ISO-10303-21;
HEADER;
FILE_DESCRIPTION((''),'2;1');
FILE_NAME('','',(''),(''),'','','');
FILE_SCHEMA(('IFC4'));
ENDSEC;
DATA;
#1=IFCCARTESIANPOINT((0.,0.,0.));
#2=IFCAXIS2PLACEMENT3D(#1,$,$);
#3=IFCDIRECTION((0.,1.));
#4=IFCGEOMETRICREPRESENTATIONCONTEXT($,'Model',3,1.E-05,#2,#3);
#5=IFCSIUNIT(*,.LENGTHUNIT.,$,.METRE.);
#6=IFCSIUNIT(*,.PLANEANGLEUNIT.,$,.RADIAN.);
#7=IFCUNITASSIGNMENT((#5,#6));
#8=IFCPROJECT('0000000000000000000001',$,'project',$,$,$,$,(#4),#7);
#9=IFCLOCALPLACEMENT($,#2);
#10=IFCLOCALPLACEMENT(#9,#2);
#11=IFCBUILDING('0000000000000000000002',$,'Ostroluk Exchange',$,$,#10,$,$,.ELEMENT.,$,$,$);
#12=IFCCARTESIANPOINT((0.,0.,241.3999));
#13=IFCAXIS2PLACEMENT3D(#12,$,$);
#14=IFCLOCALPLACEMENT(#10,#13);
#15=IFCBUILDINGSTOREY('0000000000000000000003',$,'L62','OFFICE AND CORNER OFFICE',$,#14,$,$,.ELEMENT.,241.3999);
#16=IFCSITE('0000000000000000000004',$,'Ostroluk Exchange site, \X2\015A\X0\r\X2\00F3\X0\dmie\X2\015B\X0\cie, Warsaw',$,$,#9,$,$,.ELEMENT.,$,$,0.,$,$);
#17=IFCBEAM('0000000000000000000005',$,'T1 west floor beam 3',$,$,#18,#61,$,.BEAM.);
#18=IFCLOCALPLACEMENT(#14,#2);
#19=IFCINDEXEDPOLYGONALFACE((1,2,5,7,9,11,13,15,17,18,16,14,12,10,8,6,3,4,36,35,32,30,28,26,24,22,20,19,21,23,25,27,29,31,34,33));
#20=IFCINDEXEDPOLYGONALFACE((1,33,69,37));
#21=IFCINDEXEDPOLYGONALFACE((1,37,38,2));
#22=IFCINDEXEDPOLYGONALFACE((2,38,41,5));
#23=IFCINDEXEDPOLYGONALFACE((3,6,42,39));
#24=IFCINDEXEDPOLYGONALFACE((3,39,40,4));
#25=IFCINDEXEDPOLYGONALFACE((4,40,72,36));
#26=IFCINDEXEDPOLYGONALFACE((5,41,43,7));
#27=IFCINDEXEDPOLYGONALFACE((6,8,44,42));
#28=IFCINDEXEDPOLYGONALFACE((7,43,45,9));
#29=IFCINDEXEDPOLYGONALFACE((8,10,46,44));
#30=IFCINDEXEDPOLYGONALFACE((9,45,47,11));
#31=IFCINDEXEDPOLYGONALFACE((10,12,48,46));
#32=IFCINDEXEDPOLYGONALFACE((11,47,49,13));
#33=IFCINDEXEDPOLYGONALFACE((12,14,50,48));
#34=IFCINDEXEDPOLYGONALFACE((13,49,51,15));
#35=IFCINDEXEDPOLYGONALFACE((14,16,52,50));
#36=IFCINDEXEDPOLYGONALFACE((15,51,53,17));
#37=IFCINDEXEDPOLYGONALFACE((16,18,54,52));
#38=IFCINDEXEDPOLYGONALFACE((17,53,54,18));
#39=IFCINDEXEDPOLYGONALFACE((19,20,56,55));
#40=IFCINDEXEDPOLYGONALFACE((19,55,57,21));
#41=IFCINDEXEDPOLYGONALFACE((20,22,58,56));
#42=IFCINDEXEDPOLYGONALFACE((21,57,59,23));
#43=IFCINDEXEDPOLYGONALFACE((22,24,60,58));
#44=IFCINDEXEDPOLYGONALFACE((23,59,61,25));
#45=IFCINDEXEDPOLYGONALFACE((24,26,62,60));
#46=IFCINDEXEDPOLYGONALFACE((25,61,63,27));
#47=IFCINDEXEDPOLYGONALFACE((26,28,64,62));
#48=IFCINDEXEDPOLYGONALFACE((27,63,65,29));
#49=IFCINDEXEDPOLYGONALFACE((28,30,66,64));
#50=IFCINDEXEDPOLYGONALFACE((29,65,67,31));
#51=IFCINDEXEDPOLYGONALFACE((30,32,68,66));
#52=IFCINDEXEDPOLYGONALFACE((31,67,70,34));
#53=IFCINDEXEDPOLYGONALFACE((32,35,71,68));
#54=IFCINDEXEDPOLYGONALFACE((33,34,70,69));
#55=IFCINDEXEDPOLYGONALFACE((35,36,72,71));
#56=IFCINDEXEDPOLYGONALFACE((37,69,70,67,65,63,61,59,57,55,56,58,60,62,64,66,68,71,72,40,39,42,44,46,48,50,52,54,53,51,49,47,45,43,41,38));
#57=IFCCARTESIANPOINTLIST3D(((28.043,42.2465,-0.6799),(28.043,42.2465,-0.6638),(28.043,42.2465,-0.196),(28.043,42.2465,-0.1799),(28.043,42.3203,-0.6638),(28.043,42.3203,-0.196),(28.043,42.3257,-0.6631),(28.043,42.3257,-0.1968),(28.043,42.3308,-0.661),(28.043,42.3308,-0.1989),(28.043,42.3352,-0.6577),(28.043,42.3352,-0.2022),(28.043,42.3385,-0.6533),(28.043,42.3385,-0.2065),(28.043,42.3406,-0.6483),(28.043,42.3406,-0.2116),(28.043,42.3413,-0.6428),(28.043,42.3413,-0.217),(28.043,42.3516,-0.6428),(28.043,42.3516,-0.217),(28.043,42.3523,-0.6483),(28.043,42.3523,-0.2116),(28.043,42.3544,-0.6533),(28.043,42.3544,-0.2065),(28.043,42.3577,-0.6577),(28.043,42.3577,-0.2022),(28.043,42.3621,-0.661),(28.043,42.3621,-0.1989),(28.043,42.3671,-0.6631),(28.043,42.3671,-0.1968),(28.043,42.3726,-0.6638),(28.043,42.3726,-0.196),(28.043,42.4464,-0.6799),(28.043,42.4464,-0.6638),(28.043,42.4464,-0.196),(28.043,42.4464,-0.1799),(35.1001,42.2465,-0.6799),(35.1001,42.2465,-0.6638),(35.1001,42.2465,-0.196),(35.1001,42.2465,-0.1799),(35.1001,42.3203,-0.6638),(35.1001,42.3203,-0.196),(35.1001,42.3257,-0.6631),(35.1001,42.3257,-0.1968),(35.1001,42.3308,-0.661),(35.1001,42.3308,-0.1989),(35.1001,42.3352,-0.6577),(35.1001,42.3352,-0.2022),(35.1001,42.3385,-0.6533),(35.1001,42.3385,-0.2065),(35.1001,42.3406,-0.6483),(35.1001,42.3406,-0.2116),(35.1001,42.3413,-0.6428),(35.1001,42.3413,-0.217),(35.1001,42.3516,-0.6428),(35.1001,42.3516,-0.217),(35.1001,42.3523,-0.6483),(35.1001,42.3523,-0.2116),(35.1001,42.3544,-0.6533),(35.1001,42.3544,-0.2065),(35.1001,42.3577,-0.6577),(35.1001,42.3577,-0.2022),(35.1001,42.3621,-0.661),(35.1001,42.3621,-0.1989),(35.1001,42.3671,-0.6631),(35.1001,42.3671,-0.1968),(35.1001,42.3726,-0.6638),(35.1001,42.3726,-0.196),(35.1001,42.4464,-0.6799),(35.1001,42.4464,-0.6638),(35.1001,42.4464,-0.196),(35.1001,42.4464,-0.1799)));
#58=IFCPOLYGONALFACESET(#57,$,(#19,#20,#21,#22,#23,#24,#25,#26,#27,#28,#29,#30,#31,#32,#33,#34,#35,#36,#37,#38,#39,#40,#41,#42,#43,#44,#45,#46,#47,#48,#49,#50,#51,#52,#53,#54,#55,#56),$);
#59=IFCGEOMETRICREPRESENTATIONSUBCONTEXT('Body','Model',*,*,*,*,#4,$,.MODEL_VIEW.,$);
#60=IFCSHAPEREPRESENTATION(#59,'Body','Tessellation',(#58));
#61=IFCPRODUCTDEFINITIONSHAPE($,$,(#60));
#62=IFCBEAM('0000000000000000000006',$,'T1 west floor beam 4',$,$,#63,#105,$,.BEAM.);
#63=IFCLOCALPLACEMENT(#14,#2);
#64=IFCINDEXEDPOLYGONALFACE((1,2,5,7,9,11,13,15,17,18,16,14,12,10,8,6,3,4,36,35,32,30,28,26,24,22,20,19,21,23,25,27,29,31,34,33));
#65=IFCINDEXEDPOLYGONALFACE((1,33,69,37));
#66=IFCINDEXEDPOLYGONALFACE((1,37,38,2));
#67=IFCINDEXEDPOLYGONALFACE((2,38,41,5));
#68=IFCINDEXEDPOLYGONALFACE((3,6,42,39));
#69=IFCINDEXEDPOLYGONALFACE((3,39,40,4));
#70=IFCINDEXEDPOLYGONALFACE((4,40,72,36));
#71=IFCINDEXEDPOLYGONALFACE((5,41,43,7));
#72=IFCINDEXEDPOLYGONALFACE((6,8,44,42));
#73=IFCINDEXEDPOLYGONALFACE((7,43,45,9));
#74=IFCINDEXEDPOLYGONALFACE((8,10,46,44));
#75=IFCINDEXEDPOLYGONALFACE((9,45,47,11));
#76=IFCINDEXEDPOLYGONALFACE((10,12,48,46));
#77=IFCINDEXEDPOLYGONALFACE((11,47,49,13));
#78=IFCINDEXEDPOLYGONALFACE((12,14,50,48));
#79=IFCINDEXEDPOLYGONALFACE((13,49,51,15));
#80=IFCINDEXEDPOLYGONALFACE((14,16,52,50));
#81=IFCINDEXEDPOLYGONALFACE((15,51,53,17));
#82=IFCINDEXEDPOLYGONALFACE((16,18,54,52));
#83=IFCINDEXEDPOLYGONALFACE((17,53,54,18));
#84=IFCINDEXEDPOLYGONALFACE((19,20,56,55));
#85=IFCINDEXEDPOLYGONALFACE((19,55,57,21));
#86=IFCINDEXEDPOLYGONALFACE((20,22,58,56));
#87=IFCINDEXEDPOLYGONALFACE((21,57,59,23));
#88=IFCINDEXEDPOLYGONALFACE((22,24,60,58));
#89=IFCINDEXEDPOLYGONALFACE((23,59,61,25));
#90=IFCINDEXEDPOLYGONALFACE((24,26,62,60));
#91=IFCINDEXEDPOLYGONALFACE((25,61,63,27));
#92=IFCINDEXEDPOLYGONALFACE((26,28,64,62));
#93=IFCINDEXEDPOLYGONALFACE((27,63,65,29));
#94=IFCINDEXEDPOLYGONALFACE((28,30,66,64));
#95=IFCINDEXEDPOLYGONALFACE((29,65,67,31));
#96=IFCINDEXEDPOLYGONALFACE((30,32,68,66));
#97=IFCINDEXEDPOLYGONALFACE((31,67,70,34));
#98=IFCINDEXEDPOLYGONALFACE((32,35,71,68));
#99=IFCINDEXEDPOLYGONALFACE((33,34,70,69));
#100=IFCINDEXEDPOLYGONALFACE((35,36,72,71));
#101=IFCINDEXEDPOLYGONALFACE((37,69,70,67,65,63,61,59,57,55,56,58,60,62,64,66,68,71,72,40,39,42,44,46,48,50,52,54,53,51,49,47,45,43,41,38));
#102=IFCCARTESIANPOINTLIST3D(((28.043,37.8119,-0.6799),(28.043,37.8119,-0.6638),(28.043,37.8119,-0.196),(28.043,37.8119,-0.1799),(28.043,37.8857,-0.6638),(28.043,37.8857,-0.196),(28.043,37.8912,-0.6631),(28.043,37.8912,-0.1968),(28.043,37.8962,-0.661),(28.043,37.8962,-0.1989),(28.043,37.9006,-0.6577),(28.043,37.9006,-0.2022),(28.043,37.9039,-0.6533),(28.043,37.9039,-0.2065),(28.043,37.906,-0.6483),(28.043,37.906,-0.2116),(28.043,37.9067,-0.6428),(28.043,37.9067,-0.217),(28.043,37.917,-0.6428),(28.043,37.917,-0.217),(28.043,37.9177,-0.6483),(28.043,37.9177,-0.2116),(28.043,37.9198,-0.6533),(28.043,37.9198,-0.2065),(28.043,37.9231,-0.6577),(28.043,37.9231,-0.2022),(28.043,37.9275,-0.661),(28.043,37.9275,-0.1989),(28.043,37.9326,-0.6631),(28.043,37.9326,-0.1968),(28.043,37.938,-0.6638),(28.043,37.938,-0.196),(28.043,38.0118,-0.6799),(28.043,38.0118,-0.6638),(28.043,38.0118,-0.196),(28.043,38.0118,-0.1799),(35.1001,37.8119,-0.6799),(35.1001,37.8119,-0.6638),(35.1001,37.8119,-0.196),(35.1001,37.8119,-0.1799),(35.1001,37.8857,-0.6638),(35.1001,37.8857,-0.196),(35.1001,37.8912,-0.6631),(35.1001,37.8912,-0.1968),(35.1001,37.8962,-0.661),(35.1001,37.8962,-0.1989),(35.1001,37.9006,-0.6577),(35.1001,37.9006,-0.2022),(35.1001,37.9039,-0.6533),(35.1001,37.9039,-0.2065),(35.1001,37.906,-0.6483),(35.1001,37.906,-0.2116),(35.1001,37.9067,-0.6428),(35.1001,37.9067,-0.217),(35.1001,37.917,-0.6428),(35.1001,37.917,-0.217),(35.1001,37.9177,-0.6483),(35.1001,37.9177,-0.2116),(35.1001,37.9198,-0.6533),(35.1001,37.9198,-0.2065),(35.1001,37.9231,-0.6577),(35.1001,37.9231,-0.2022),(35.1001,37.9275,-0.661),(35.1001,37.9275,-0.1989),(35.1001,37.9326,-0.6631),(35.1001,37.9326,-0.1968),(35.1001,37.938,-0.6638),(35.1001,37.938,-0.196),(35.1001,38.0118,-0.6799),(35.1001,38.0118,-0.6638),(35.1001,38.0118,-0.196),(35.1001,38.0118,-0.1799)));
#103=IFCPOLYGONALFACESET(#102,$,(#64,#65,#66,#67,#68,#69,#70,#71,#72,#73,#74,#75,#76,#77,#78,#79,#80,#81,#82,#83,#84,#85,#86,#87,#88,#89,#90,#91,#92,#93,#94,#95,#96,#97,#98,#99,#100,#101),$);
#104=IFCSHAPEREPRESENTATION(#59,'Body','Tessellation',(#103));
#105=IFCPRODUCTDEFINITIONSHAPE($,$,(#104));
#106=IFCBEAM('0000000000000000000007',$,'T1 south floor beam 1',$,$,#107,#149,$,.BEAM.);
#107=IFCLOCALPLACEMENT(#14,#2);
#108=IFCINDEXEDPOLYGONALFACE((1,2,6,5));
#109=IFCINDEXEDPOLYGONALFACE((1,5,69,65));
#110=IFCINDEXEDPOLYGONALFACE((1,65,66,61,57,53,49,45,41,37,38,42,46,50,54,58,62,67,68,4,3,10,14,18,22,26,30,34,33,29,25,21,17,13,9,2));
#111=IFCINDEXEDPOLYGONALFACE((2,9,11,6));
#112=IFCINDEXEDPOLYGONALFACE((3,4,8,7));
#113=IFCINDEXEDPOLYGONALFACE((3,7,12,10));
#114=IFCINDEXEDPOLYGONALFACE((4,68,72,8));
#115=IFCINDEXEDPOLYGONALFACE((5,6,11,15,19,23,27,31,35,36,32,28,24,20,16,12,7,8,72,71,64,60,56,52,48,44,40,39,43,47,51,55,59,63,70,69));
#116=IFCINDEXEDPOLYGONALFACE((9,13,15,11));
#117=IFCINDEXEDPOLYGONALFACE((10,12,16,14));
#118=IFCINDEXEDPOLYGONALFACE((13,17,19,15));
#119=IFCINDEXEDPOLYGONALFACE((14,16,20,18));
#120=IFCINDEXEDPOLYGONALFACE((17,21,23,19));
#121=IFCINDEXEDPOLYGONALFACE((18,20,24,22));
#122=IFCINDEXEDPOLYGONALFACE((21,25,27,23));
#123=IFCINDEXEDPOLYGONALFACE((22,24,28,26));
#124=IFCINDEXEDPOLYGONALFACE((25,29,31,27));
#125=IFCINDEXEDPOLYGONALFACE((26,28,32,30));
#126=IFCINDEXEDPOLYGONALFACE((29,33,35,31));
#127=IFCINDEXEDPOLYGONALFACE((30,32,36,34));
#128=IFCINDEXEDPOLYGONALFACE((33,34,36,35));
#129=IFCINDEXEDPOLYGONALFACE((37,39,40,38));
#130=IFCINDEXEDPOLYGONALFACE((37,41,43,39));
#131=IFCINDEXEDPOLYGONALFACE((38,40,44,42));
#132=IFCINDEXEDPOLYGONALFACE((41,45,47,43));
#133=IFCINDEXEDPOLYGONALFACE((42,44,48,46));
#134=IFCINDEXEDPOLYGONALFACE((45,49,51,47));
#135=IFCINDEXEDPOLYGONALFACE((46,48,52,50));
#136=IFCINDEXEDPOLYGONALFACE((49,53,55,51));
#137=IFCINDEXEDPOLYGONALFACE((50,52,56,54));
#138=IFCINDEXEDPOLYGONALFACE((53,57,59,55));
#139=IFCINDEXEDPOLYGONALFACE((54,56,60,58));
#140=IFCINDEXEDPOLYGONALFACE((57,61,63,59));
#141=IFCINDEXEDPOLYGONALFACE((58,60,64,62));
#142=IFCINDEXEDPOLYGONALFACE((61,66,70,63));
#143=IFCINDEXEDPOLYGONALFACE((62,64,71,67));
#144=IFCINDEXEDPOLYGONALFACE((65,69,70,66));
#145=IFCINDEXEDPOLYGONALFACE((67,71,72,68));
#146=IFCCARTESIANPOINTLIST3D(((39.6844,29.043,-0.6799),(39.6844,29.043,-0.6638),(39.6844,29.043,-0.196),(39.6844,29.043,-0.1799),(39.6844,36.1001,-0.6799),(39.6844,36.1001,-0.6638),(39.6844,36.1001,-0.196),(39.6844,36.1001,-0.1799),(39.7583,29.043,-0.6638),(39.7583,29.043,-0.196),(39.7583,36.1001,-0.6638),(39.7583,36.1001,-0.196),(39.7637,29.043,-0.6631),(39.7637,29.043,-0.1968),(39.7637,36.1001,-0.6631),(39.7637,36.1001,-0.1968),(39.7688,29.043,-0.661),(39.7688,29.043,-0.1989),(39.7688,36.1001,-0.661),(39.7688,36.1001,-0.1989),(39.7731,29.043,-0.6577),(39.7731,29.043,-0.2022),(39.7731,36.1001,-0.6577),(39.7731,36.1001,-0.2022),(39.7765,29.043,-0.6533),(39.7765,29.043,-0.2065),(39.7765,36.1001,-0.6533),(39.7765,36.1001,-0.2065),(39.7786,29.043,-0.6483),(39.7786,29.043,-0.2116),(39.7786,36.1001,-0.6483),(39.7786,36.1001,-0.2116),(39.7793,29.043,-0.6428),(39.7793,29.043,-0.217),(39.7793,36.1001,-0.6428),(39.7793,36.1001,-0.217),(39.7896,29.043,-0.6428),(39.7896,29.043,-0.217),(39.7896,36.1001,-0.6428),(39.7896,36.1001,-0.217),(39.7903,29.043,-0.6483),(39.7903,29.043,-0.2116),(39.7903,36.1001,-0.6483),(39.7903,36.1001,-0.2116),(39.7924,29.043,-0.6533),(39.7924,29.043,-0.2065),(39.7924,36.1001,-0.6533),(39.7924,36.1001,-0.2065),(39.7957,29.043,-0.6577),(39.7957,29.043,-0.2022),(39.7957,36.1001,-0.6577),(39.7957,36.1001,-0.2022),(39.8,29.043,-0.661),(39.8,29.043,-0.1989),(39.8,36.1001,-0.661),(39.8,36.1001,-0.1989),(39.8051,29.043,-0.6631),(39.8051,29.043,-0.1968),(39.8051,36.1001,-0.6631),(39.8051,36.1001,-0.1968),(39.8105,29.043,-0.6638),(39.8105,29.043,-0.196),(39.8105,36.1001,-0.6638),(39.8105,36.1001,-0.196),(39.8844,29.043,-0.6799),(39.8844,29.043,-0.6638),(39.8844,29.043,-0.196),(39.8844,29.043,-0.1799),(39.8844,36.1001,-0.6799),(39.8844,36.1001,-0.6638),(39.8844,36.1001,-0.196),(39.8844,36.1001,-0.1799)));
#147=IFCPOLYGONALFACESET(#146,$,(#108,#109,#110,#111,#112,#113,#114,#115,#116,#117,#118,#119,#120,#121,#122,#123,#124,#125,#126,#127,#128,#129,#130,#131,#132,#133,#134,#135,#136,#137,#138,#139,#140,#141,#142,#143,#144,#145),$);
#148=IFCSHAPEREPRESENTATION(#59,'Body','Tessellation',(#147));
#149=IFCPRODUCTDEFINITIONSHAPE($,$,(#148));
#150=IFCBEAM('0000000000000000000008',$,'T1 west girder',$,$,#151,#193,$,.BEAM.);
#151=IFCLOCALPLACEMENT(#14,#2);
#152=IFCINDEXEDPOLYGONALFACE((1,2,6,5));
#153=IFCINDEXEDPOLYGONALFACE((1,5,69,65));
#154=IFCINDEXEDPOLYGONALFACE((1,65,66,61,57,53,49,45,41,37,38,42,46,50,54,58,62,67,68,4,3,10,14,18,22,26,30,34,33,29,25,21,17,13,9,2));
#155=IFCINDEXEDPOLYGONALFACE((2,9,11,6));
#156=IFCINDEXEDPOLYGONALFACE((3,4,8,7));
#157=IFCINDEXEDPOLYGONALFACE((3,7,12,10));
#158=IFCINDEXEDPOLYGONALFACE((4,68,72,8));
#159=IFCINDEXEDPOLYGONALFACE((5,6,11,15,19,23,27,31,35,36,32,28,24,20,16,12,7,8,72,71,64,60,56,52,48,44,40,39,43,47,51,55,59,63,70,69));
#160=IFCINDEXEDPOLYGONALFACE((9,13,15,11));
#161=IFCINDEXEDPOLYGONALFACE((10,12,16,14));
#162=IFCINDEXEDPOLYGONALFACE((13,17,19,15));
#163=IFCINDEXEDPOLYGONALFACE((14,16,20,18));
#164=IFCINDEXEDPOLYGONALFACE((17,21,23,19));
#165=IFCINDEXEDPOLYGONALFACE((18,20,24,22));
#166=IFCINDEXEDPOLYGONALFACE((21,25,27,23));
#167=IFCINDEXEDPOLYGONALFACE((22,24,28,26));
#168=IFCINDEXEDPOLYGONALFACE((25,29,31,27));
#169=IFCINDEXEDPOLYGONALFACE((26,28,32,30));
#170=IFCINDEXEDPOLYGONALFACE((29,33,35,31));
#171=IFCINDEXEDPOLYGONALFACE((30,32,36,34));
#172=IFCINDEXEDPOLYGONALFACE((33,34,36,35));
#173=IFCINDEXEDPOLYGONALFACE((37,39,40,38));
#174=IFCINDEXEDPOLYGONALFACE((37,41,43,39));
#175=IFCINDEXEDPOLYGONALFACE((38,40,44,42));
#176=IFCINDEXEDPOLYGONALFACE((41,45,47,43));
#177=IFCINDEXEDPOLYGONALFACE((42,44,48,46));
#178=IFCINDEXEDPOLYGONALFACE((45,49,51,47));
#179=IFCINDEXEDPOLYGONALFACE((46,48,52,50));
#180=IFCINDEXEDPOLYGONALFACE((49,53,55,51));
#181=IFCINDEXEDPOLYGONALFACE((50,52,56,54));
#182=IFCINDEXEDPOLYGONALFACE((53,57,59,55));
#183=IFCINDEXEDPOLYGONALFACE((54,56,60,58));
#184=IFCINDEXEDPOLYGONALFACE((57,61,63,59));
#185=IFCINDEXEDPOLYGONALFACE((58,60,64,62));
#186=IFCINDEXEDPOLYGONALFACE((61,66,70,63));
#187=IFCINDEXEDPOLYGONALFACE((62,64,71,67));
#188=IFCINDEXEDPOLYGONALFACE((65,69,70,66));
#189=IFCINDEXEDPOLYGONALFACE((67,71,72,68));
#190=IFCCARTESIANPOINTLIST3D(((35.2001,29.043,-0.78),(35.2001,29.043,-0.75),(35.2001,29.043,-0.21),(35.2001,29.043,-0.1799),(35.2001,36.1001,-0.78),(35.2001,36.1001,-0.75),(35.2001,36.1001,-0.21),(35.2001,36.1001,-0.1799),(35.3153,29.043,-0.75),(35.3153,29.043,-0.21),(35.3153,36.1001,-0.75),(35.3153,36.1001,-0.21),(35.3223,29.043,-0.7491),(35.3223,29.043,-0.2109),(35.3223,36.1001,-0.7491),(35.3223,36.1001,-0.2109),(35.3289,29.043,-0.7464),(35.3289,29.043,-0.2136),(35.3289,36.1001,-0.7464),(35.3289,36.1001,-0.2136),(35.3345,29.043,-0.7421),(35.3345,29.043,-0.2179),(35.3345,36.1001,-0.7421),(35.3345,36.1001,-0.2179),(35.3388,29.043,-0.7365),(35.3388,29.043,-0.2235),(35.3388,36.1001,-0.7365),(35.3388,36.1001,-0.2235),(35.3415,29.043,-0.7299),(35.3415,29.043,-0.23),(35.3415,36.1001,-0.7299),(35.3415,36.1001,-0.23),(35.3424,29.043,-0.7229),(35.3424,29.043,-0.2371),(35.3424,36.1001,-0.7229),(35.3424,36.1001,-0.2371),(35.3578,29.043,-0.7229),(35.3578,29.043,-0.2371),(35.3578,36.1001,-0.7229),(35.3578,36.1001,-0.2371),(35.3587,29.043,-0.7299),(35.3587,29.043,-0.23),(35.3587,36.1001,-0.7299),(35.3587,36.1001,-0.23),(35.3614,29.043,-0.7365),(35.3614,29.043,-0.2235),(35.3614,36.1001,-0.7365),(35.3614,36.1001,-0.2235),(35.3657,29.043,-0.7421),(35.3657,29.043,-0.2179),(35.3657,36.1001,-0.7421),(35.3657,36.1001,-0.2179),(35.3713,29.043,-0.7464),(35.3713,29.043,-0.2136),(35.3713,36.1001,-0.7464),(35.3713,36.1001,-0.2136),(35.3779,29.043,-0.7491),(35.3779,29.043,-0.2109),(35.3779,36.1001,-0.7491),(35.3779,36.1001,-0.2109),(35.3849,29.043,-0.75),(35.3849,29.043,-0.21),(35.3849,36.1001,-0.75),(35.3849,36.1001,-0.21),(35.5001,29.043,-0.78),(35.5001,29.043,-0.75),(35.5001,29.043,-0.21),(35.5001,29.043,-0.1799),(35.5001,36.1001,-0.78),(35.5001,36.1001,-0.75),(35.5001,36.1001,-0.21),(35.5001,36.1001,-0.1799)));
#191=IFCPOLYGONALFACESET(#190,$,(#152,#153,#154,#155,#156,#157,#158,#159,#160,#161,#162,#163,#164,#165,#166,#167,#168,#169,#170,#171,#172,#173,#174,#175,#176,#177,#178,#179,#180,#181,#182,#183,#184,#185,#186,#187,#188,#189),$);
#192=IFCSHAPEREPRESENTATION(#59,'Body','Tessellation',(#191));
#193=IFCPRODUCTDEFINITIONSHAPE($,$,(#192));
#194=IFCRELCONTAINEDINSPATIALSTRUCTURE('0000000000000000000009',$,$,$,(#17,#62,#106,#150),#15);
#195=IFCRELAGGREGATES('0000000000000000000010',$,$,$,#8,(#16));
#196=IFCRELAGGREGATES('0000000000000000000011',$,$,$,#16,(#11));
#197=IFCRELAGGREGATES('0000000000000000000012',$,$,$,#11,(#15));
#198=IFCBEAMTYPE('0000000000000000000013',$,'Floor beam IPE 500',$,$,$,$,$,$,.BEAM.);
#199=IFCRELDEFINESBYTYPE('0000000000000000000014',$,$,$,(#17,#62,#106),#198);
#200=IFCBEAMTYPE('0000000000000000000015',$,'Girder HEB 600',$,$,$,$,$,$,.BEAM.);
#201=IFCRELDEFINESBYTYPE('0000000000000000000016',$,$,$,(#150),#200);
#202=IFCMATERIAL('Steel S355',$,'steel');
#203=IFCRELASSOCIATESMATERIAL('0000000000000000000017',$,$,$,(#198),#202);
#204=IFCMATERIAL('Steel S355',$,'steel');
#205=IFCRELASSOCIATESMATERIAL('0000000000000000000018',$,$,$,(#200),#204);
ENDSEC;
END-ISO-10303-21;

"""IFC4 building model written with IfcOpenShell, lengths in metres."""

from ifc_helpers import new_model, si_unit, direction, frame, origin, origin_2d, place, context, subcontext, project, spatial, i_section, extrude, material, material_profile, profile_set, type_object, element, save


model = new_model("IFC4")

# Units and contexts
model_context = context("Model", 3, precision=1e-05, world=origin(), true_north=direction((0.0, 1.0)))
body_context = subcontext(model_context, "Body", "Model", "MODEL_VIEW")
ifc_project = project(units=[si_unit("LENGTHUNIT", "METRE"), si_unit("PLANEANGLEUNIT", "RADIAN")], contexts=[model_context])

# Site, building, storey
site_placement = place(None, origin())
site = spatial("IfcSite", under=ifc_project, at=site_placement, Name="Ostroluk Exchange site, Śródmieście, Warsaw", CompositionType="ELEMENT", RefElevation=0.0)
building_placement = place(site_placement, origin())
building = spatial("IfcBuilding", under=site, at=building_placement, Name="Ostroluk Exchange", CompositionType="ELEMENT")
storey_placement = place(building_placement, frame((0.0, 0.0, 241.3999)))
storey = spatial("IfcBuildingStorey", under=building, at=storey_placement, Name="L62", Description="OFFICE AND CORNER OFFICE", CompositionType="ELEMENT", Elevation=241.3999)

# Beams
ifc_material_1 = material(Name="Steel S355", Category="steel")
ifc_material_profile_1 = material_profile(ifc_material_1, i_section(OverallWidth=0.2, OverallDepth=0.5, WebThickness=0.0103, FlangeThickness=0.0161, FilletRadius=0.021, at=origin_2d()), Name="IPE 500")
ifc_profile_set_1 = profile_set([ifc_material_profile_1], Name="Steel S355")
beam_type_1 = type_object("IfcBeamType", Name="Floor beam IPE 500", PredefinedType="BEAM", material=ifc_profile_set_1)
for number, where, z_axis, x_axis, name in (
    (1, (35.1001, 42.3464, -0.4299), (-1.0, 0.0, 0.0), (0.0, -1.0, 0.0), "T1 west floor beam 3"),
    (2, (35.1001, 37.9119, -0.4299), (-1.0, 0.0, 0.0), (0.0, -1.0, 0.0), "T1 west floor beam 4"),
    (3, (39.7844, 36.1001, -0.4299), (0.0, -1.0, 0.0), (1.0, 0.0, 0.0), "T1 south floor beam 1"),
):
    element("IfcBeam", number, at=place(storey_placement, frame(where, z_axis=z_axis, x_axis=x_axis)), inside=storey, type_object=beam_type_1, Name=name, PredefinedType="BEAM", context=body_context, shape_type="SweptSolid", body=[
        extrude(i_section(OverallWidth=0.2, OverallDepth=0.5, WebThickness=0.0103, FlangeThickness=0.0161, FilletRadius=0.021, at=origin_2d()), origin(), (0.0, 0.0, 1.0), 7.0571),
    ])
ifc_material_2 = material(Name="Steel S355", Category="steel")
ifc_material_profile_2 = material_profile(ifc_material_2, i_section(OverallWidth=0.3, OverallDepth=0.6001, WebThickness=0.0154, FlangeThickness=0.03, FilletRadius=0.0271, at=origin_2d()), Name="HEB 600")
ifc_profile_set_2 = profile_set([ifc_material_profile_2], Name="Steel S355")
beam_type_2 = type_object("IfcBeamType", Name="Girder HEB 600", PredefinedType="BEAM", material=ifc_profile_set_2)
beam_placement = place(storey_placement, frame((35.3501, 36.1001, -0.48), z_axis=(0.0, -1.0, 0.0), x_axis=(1.0, 0.0, 0.0)))
element("IfcBeam", 4, at=beam_placement, inside=storey, type_object=beam_type_2, Name="T1 west girder", PredefinedType="BEAM", context=body_context, shape_type="SweptSolid", body=[
    extrude(i_section(OverallWidth=0.3, OverallDepth=0.6001, WebThickness=0.0154, FlangeThickness=0.03, FilletRadius=0.0271, at=origin_2d()), origin(), (0.0, 0.0, 1.0), 7.0571),
])

save(model, "model.ifc")
